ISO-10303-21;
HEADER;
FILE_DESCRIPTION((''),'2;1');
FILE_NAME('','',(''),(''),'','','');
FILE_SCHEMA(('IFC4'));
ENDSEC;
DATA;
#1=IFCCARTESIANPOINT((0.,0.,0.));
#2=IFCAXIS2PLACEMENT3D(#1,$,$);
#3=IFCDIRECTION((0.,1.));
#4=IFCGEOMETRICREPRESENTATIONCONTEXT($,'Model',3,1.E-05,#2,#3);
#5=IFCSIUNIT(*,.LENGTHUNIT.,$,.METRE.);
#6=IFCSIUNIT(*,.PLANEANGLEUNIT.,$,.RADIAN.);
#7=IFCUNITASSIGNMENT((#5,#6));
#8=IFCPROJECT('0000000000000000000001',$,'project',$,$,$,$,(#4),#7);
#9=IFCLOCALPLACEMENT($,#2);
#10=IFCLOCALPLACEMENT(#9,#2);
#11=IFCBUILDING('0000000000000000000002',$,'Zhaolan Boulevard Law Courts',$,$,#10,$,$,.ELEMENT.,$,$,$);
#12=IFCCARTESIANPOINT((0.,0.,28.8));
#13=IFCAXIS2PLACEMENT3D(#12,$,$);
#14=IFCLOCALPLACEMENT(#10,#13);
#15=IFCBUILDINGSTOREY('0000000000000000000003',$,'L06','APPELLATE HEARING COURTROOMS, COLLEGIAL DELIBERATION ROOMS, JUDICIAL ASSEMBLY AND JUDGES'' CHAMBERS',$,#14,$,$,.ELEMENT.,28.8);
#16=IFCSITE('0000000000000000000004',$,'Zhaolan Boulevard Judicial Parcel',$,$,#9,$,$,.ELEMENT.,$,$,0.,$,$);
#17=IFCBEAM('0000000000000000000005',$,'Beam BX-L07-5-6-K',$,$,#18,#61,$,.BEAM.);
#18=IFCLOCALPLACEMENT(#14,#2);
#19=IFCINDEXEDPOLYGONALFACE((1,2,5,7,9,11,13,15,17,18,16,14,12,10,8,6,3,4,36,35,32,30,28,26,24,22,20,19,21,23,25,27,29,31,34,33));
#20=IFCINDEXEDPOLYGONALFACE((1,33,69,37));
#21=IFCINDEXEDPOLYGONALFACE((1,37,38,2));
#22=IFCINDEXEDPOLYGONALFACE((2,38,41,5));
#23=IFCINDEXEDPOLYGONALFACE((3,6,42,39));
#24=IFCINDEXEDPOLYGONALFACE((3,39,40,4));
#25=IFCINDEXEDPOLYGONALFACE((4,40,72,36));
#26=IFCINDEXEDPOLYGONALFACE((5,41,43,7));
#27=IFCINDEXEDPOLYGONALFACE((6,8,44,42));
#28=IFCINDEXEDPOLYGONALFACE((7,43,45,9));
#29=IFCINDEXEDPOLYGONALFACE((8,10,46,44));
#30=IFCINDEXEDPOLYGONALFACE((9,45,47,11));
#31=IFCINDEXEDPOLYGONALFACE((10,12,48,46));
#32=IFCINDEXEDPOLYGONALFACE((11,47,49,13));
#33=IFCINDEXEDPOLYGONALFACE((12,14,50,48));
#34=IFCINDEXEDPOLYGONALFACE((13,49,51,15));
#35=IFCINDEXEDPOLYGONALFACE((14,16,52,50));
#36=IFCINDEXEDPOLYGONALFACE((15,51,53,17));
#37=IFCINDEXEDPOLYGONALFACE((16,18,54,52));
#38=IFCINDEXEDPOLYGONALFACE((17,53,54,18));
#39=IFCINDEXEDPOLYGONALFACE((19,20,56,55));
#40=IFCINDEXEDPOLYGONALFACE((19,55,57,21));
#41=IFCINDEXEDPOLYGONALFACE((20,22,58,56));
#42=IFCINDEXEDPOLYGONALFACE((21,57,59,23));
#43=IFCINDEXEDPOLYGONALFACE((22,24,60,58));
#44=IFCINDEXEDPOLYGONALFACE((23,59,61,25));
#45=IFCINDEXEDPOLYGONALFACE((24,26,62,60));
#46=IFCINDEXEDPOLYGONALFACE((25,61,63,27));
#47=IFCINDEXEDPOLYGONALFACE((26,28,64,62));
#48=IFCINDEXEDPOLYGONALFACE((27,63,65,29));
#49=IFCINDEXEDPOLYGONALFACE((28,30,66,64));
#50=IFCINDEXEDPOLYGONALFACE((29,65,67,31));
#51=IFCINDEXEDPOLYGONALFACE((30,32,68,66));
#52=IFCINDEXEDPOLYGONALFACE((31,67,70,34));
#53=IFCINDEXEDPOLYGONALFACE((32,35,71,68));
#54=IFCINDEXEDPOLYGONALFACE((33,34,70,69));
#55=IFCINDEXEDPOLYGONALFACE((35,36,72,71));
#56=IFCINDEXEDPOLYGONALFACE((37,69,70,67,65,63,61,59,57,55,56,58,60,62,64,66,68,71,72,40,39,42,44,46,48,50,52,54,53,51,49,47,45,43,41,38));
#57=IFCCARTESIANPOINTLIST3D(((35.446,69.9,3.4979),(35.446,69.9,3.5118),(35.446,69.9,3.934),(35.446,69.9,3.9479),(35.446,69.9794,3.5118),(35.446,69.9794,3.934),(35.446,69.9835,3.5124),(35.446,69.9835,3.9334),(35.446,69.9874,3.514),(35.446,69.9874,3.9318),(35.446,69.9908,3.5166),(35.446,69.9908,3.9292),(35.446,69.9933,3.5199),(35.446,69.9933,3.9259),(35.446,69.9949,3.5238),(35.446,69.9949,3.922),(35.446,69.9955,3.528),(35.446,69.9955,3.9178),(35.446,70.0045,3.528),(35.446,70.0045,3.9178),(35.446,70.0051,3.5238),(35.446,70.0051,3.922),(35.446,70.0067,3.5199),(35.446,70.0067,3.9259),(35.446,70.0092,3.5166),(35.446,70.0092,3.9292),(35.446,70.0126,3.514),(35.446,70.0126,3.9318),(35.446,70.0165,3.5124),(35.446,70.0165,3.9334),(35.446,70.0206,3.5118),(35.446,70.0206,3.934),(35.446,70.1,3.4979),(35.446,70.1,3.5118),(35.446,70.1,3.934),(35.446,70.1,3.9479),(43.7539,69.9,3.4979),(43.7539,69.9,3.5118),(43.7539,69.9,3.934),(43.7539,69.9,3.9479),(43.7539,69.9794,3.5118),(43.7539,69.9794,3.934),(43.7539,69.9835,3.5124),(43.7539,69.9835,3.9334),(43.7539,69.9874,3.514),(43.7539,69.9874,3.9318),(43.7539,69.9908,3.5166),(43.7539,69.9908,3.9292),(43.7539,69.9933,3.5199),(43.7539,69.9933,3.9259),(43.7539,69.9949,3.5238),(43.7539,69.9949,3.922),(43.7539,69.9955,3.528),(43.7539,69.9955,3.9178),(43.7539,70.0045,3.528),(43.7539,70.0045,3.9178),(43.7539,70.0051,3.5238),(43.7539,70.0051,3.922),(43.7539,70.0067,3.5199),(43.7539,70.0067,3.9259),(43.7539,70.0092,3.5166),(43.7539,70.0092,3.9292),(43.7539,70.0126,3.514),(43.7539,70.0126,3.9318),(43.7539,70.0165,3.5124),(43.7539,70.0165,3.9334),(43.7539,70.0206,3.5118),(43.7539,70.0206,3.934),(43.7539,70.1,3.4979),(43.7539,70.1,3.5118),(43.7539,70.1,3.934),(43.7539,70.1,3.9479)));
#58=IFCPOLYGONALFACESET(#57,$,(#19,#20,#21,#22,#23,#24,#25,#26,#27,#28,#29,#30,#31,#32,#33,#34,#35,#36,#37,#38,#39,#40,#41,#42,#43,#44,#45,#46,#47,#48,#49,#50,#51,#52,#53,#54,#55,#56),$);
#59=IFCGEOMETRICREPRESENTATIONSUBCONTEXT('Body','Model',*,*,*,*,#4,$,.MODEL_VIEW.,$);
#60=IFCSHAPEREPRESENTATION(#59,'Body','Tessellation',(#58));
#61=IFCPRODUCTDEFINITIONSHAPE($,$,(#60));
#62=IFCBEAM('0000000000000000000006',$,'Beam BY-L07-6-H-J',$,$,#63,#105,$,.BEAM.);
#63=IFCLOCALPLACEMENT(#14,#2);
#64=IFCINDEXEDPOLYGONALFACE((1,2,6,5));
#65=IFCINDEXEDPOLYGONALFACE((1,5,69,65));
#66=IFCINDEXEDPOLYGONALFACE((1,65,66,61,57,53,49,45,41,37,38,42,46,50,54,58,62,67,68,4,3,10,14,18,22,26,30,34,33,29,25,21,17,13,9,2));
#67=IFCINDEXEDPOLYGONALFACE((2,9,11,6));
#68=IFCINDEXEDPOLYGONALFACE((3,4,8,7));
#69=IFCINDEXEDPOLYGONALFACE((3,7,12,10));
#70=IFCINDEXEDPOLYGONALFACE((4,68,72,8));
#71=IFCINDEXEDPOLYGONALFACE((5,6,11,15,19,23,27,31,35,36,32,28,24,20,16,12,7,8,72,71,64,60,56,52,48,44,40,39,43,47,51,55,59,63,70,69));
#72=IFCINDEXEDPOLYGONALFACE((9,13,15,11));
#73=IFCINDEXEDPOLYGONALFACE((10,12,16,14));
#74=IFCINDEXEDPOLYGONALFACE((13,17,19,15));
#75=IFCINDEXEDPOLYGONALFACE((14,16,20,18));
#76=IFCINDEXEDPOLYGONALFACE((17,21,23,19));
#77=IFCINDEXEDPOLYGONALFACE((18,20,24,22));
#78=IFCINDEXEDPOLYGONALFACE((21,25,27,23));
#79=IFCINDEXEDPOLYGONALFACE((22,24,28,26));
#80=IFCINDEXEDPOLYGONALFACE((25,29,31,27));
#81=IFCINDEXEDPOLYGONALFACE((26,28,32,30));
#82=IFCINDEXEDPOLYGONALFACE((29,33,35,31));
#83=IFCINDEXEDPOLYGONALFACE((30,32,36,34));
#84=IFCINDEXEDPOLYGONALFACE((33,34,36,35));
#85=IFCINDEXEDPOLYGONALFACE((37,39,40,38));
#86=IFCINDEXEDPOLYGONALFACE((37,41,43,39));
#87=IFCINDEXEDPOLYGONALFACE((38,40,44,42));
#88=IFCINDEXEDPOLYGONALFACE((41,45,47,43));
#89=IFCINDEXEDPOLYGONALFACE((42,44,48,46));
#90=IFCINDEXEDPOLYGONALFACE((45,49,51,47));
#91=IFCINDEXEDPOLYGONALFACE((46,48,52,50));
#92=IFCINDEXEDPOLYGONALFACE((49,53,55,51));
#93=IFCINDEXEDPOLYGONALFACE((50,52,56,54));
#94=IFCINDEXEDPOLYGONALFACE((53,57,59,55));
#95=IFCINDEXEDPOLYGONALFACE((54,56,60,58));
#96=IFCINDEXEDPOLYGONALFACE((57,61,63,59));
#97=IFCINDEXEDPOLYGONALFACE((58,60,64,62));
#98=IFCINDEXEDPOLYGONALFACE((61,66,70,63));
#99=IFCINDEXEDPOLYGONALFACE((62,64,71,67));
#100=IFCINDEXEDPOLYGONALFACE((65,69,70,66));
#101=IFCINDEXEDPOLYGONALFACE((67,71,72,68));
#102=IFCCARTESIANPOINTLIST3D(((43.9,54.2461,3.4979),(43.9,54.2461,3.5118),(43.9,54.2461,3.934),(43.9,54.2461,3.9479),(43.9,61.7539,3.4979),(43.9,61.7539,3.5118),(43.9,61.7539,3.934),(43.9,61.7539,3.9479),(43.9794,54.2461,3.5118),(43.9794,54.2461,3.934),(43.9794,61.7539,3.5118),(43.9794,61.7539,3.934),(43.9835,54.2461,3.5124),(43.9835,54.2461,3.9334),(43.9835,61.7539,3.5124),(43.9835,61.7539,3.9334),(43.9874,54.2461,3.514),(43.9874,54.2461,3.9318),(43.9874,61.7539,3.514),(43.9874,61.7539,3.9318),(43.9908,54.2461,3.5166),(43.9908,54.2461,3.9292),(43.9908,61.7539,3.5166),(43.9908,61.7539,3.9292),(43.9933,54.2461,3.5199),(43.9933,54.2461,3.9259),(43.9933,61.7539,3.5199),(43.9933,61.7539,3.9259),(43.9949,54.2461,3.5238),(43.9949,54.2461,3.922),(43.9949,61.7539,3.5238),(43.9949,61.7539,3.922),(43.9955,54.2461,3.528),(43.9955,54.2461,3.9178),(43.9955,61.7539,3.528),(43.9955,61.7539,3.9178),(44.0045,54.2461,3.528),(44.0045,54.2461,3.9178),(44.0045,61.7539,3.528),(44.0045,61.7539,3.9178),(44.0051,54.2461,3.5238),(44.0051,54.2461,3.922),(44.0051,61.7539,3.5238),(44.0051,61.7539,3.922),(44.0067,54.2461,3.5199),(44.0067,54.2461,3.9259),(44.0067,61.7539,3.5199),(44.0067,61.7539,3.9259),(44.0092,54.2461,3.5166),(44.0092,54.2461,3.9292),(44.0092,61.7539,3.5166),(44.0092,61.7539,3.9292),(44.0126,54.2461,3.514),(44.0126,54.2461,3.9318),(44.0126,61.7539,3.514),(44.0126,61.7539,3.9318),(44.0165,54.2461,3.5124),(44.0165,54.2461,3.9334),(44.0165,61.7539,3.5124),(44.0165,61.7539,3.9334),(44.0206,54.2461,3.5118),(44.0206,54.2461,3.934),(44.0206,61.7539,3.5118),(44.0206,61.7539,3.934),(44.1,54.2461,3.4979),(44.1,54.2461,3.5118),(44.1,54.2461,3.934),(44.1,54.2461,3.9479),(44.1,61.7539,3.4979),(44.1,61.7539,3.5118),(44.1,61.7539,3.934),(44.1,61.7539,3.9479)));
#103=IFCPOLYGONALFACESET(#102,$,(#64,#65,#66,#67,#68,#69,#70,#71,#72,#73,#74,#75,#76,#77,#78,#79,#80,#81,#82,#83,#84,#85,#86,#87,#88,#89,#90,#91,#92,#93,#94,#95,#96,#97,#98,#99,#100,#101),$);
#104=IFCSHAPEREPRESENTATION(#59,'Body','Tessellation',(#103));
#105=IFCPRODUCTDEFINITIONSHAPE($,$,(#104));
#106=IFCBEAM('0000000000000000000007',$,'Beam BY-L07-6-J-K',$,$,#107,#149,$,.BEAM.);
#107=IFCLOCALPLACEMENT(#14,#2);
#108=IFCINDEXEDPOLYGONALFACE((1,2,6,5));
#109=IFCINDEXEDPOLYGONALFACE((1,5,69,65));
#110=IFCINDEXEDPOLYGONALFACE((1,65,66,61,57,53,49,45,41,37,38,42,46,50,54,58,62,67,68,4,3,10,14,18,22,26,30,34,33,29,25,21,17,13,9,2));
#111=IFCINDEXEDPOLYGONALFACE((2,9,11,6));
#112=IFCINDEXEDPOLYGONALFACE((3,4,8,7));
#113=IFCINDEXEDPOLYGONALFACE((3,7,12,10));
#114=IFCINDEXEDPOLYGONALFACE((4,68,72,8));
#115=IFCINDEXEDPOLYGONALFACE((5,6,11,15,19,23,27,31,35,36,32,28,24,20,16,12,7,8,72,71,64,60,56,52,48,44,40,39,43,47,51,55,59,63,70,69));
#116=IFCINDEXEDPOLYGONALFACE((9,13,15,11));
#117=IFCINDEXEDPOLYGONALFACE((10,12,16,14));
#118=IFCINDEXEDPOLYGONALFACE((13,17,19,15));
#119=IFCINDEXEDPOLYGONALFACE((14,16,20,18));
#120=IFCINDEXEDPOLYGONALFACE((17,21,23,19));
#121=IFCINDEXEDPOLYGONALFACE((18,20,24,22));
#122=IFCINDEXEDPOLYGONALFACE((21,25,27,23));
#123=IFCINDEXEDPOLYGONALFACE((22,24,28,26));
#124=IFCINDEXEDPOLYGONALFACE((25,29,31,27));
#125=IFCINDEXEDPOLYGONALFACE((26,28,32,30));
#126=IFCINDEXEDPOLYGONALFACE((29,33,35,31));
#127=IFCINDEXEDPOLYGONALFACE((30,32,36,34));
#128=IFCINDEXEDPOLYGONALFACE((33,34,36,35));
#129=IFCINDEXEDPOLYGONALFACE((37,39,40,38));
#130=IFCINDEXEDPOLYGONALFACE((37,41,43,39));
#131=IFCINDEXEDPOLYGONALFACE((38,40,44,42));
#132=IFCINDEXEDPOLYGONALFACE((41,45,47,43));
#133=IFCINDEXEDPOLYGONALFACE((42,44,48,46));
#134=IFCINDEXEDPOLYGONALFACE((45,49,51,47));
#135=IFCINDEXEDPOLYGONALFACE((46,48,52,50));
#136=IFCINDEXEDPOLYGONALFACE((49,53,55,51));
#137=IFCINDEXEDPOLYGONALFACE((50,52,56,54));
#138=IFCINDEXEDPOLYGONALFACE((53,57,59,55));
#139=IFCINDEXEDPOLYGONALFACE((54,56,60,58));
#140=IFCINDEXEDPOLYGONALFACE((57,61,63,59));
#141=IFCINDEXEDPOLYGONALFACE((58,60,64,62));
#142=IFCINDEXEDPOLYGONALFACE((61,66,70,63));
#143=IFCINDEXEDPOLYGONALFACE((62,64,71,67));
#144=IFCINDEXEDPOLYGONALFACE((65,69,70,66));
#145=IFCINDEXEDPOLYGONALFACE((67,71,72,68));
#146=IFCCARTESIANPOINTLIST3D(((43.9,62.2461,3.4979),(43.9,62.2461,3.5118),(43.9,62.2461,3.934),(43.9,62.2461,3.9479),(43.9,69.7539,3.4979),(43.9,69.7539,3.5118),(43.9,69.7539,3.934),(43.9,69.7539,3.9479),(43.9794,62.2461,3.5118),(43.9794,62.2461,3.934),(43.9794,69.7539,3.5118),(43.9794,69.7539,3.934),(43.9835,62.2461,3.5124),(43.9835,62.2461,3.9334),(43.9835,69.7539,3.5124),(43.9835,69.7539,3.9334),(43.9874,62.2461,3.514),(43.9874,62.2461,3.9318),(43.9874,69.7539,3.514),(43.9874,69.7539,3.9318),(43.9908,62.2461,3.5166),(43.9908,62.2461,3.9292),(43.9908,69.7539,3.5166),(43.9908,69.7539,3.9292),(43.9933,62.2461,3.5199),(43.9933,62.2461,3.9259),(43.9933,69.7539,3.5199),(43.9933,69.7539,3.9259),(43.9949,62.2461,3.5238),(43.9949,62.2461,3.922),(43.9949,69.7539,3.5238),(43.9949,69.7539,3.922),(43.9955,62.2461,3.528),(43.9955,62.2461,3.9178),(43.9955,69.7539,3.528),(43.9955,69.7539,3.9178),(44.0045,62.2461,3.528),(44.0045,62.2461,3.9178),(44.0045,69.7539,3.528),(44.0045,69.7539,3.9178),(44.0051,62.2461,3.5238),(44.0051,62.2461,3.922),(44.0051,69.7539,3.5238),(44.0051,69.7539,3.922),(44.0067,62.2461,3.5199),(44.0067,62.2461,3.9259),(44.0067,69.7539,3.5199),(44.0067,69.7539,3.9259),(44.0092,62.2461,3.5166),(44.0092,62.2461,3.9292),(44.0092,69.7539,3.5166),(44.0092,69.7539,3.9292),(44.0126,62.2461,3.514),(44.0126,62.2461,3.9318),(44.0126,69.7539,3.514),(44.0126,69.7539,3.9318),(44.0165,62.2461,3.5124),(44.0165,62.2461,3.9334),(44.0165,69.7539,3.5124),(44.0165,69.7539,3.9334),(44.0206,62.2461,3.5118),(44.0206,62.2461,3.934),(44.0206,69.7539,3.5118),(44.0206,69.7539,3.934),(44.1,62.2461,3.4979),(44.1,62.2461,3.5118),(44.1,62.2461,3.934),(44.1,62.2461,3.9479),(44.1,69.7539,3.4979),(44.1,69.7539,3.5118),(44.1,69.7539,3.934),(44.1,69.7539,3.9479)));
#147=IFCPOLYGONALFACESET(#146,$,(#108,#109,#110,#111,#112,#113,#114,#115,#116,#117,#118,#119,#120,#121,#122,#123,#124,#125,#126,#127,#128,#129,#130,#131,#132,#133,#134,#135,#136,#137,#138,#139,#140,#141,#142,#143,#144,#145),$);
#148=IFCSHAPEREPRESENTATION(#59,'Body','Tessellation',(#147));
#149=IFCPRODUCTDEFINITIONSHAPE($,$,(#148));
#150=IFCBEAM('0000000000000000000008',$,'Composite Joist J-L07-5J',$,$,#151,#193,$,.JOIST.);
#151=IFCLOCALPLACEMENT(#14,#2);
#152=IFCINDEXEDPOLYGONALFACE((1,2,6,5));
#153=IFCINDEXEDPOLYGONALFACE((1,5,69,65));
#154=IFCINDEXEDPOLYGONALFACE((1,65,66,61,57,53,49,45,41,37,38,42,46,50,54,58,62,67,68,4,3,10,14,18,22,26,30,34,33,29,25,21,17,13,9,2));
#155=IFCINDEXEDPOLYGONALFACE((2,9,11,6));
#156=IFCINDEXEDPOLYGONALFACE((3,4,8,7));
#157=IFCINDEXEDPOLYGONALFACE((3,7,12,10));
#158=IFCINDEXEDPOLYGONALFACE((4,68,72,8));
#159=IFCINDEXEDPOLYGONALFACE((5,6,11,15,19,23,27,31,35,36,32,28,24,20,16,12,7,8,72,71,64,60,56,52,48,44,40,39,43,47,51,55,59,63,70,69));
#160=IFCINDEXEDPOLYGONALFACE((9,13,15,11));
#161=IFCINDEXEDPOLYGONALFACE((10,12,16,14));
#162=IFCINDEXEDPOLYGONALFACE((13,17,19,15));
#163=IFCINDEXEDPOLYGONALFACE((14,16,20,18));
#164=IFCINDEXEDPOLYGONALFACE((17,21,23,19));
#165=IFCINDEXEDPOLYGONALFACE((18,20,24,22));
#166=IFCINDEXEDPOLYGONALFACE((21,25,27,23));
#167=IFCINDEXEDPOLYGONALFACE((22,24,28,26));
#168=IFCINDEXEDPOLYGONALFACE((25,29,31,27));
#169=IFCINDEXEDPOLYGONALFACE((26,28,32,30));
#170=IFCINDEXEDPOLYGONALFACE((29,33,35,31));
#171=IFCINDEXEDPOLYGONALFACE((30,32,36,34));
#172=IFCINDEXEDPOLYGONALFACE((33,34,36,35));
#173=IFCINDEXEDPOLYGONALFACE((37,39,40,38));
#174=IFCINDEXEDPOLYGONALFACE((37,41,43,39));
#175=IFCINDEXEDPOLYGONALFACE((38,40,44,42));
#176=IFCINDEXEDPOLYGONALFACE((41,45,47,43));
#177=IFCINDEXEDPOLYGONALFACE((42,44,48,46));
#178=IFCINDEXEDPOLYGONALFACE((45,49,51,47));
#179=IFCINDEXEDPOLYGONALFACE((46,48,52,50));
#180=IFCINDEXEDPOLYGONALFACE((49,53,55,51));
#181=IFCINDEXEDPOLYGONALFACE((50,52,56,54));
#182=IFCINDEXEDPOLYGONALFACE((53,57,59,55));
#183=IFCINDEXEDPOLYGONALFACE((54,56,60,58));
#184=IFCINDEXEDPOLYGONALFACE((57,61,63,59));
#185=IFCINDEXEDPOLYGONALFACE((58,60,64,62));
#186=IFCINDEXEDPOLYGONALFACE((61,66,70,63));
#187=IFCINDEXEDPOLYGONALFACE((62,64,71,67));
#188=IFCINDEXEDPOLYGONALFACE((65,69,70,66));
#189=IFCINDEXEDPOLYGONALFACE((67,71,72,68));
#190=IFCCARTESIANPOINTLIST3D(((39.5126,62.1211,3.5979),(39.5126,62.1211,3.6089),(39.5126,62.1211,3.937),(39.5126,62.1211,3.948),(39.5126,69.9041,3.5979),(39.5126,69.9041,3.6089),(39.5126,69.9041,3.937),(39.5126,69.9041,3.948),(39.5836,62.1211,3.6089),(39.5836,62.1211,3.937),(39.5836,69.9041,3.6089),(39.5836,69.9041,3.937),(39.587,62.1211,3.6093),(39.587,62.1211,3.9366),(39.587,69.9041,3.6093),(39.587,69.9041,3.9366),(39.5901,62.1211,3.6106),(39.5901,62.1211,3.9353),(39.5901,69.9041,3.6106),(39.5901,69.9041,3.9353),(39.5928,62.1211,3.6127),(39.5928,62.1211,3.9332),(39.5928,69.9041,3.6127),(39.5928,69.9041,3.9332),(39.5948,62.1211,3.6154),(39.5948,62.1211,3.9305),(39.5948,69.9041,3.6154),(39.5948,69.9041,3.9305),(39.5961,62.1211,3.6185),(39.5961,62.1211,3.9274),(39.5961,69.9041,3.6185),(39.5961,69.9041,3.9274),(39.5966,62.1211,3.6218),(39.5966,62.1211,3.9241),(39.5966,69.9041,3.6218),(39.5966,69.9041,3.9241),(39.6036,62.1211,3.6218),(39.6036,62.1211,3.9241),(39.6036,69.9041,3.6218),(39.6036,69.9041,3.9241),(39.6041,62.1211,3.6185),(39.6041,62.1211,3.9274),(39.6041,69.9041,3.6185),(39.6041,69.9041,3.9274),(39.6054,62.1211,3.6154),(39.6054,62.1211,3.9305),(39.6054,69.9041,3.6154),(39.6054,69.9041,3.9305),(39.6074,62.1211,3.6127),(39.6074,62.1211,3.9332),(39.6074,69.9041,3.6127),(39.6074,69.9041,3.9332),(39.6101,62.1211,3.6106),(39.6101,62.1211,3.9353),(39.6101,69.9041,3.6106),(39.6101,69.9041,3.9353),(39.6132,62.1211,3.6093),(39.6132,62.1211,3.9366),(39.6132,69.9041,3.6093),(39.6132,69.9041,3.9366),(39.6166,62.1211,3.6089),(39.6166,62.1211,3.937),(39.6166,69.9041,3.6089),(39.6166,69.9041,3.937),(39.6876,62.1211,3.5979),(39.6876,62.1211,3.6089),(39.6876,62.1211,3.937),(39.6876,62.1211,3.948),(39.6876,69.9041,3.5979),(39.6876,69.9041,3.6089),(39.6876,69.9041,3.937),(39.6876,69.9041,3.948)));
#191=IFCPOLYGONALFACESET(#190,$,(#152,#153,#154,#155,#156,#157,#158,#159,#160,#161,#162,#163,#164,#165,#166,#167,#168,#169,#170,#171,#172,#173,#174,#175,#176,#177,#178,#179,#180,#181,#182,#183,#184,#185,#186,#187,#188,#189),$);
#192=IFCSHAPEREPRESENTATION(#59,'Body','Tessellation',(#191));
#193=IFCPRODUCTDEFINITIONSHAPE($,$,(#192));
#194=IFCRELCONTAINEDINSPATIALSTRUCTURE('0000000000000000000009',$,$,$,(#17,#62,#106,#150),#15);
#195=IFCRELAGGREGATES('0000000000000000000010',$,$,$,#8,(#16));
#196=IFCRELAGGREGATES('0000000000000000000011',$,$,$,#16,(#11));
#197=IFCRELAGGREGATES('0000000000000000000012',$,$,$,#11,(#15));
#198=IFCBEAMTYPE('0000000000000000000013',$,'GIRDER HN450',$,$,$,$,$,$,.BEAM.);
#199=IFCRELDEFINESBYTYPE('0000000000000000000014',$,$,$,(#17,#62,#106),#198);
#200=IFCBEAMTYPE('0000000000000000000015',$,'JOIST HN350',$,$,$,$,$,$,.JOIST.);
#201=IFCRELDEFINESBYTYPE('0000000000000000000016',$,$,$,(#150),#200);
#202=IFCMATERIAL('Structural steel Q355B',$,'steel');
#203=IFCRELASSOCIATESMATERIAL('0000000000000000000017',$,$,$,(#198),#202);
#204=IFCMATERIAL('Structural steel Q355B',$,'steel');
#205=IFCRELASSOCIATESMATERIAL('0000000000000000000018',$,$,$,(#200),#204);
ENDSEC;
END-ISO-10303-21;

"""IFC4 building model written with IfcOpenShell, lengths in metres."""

from ifc_helpers import new_model, si_unit, direction, frame, origin, origin_2d, place, context, subcontext, project, spatial, i_section, extrude, material, material_profile, profile_set, type_object, element, save


model = new_model("IFC4")

# Units and contexts
model_context = context("Model", 3, precision=1e-05, world=origin(), true_north=direction((0.0, 1.0)))
body_context = subcontext(model_context, "Body", "Model", "MODEL_VIEW")
ifc_project = project(units=[si_unit("LENGTHUNIT", "METRE"), si_unit("PLANEANGLEUNIT", "RADIAN")], contexts=[model_context])

# Site, building, storey
site_placement = place(None, origin())
site = spatial("IfcSite", under=ifc_project, at=site_placement, Name="Zhaolan Boulevard Judicial Parcel", CompositionType="ELEMENT", RefElevation=0.0)
building_placement = place(site_placement, origin())
building = spatial("IfcBuilding", under=site, at=building_placement, Name="Zhaolan Boulevard Law Courts", CompositionType="ELEMENT")
storey_placement = place(building_placement, frame((0.0, 0.0, 28.8)))
storey = spatial("IfcBuildingStorey", under=building, at=storey_placement, Name="L06", Description="APPELLATE HEARING COURTROOMS, COLLEGIAL DELIBERATION ROOMS, JUDICIAL ASSEMBLY AND JUDGES' CHAMBERS", CompositionType="ELEMENT", Elevation=28.8)

# Beams
ifc_material_1 = material(Name="Structural steel Q355B", Category="steel")
ifc_material_profile_1 = material_profile(ifc_material_1, i_section(OverallWidth=0.2, OverallDepth=0.45, WebThickness=0.009, FlangeThickness=0.0139, FilletRadius=0.0161, at=origin_2d()), Name="HN450x200")
ifc_profile_set_1 = profile_set([ifc_material_profile_1], Name="Structural steel Q355B")
beam_type_1 = type_object("IfcBeamType", Name="GIRDER HN450", PredefinedType="BEAM", material=ifc_profile_set_1)
beam_1_placement = place(storey_placement, frame((35.446, 70.0, 3.7229), z_axis=(1.0, 0.0, 0.0), x_axis=(0.0, 1.0, 0.0)))
element("IfcBeam", 1, at=beam_1_placement, inside=storey, type_object=beam_type_1, Name="Beam BX-L07-5-6-K", PredefinedType="BEAM", context=body_context, shape_type="SweptSolid", body=[
    extrude(i_section(OverallWidth=0.2, OverallDepth=0.45, WebThickness=0.009, FlangeThickness=0.0139, FilletRadius=0.0161, at=origin_2d()), origin(), (0.0, 0.0, 1.0), 8.3079),
])
for number, where, z_axis, x_axis, name in (
    (2, (44.0, 54.2461, 3.7229), (0.0, 1.0, 0.0), (-1.0, 0.0, 0.0), "Beam BY-L07-6-H-J"),
    (3, (44.0, 62.2461, 3.7229), (0.0, 1.0, 0.0), (-1.0, 0.0, 0.0), "Beam BY-L07-6-J-K"),
):
    element("IfcBeam", number, at=place(storey_placement, frame(where, z_axis=z_axis, x_axis=x_axis)), inside=storey, type_object=beam_type_1, Name=name, PredefinedType="BEAM", context=body_context, shape_type="SweptSolid", body=[
        extrude(i_section(OverallWidth=0.2, OverallDepth=0.45, WebThickness=0.009, FlangeThickness=0.0139, FilletRadius=0.0161, at=origin_2d()), origin(), (0.0, 0.0, 1.0), 7.5078),
    ])
ifc_material_2 = material(Name="Structural steel Q355B", Category="steel")
ifc_material_profile_2 = material_profile(ifc_material_2, i_section(OverallWidth=0.175, OverallDepth=0.3501, WebThickness=0.0071, FlangeThickness=0.011, FilletRadius=0.0129, at=origin_2d()), Name="HN350x175")
ifc_profile_set_2 = profile_set([ifc_material_profile_2], Name="Structural steel Q355B")
beam_type_2 = type_object("IfcBeamType", Name="JOIST HN350", PredefinedType="JOIST", material=ifc_profile_set_2)
beam_2_placement = place(storey_placement, frame((39.6001, 62.1211, 3.7729), z_axis=(0.0, 1.0, 0.0), x_axis=(-1.0, 0.0, 0.0)))
element("IfcBeam", 4, at=beam_2_placement, inside=storey, type_object=beam_type_2, Name="Composite Joist J-L07-5J", PredefinedType="JOIST", context=body_context, shape_type="SweptSolid", body=[
    extrude(i_section(OverallWidth=0.175, OverallDepth=0.3501, WebThickness=0.0071, FlangeThickness=0.011, FilletRadius=0.0129, at=origin_2d()), origin(), (0.0, 0.0, 1.0), 7.783),
])

save(model, "model.ifc")
